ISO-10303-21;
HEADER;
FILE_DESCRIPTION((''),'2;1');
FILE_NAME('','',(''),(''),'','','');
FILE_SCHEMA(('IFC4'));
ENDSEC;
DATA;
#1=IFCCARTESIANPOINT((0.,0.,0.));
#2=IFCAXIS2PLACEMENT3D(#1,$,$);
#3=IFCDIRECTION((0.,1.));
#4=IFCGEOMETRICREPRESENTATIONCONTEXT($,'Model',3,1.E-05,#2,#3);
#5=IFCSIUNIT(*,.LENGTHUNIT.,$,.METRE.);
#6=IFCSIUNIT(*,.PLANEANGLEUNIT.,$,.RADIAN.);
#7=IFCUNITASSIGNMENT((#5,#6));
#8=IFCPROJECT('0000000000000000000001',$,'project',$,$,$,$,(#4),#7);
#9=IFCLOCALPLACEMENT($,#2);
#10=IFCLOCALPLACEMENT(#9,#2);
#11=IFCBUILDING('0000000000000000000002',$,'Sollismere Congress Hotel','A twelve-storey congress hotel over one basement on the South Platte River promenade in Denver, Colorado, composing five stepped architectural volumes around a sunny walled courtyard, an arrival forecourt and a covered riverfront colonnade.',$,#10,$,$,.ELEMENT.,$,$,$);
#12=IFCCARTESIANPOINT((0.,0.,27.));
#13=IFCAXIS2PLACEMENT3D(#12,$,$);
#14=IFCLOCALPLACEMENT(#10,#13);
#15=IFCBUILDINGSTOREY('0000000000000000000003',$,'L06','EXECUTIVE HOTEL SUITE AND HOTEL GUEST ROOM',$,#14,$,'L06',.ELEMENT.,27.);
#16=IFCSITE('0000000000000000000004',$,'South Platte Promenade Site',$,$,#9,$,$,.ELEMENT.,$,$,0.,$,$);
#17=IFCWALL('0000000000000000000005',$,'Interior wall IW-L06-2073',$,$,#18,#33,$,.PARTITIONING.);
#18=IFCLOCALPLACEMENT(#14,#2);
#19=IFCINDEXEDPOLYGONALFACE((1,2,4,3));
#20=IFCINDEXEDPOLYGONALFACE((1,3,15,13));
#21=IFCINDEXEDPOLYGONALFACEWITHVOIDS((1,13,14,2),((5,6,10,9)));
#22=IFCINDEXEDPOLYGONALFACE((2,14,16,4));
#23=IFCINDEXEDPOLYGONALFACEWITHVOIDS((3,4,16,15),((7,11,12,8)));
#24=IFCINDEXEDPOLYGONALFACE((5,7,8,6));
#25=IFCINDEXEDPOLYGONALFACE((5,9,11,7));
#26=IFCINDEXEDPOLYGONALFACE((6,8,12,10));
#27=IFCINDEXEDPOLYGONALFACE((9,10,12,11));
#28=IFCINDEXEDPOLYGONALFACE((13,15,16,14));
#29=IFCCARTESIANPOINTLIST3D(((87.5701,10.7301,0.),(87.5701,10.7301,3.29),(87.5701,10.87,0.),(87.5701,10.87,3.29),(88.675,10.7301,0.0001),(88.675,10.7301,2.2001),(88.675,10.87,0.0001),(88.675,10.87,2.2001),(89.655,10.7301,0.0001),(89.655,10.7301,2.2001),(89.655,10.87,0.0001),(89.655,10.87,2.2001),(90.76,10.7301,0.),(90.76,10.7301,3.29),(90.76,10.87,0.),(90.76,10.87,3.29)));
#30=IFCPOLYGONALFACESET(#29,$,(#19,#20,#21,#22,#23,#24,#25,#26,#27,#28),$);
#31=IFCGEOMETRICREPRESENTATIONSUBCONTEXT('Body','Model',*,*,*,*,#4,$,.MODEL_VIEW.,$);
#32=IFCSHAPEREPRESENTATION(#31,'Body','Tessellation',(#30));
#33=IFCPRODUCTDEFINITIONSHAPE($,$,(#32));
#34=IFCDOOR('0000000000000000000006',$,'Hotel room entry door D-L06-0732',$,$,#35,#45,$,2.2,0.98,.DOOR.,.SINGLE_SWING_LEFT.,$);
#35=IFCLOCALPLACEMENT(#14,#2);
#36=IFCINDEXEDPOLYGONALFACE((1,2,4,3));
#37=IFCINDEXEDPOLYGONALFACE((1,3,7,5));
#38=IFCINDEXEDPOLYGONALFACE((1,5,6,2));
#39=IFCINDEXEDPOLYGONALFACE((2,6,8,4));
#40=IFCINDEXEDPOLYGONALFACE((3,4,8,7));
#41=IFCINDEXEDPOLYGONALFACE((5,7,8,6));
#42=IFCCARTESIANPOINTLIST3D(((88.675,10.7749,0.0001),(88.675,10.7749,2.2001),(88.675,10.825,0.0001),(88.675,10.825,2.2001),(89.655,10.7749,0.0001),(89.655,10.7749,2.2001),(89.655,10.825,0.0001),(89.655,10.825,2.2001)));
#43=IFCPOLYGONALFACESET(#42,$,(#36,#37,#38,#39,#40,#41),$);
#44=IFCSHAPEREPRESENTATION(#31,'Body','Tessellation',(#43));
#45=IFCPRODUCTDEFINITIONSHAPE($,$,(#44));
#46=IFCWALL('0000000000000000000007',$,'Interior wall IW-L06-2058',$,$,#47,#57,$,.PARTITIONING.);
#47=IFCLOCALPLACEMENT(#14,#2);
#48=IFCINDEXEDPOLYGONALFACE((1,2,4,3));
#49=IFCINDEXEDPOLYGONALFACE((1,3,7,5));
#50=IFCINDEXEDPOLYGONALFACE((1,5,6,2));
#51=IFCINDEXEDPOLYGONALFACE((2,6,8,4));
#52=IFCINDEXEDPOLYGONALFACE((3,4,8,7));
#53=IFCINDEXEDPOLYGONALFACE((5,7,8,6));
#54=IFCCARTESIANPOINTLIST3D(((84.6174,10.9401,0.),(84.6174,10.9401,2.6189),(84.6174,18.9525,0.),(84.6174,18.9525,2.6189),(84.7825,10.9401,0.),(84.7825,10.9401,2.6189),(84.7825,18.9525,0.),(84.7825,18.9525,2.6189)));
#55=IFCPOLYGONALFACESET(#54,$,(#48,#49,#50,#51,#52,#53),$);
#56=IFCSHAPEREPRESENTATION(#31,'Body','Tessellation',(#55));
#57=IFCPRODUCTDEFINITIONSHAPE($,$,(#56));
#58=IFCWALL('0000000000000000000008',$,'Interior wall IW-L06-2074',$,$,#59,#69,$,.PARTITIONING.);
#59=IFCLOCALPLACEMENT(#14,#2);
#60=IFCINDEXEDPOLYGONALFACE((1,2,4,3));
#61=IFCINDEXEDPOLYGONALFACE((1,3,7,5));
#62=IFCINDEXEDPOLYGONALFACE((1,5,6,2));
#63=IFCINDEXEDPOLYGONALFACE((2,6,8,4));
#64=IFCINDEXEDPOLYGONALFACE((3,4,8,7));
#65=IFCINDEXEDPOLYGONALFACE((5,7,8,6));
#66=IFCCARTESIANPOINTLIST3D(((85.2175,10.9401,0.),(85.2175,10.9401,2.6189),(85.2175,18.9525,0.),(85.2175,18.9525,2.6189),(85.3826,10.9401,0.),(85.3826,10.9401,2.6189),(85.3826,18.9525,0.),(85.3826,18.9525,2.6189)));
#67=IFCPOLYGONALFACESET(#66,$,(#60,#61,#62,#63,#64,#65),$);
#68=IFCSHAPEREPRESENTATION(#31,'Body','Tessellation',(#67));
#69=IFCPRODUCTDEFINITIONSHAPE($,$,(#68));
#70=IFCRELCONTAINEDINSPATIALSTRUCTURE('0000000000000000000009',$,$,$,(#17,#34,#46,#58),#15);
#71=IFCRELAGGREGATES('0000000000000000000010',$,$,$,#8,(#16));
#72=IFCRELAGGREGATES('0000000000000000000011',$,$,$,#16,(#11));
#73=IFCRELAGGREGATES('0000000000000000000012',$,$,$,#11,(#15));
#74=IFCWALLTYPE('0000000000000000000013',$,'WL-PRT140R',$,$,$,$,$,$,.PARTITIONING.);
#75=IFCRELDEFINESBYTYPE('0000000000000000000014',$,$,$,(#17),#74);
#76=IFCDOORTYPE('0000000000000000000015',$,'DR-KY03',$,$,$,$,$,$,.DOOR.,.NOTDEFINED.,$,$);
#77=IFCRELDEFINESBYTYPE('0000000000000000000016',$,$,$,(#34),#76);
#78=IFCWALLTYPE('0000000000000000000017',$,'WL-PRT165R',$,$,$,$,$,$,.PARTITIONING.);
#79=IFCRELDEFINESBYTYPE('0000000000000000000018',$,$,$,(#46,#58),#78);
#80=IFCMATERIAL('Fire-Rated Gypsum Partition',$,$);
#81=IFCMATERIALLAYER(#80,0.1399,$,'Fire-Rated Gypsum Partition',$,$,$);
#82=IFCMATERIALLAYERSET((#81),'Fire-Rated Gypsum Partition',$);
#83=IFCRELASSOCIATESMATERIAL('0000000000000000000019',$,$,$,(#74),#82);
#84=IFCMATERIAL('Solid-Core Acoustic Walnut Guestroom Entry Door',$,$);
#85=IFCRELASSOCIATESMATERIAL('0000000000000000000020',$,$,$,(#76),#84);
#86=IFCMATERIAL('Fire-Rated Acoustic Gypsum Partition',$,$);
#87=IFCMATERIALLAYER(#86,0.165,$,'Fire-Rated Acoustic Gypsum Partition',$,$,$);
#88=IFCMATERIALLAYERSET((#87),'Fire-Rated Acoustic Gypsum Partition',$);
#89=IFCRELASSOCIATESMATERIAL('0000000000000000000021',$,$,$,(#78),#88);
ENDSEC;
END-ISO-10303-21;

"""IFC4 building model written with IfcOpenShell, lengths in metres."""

from ifc_helpers import new_model, si_unit, direction, frame, frame_2d, origin, place, context, subcontext, project, spatial, rectangle, extrude, material, layer, layer_set, type_object, element, fill, save


model = new_model("IFC4")

# Units and contexts
model_context = context("Model", 3, precision=1e-05, world=origin(), true_north=direction((0.0, 1.0)))
body_context = subcontext(model_context, "Body", "Model", "MODEL_VIEW")
ifc_project = project(units=[si_unit("LENGTHUNIT", "METRE"), si_unit("PLANEANGLEUNIT", "RADIAN")], contexts=[model_context])

# Site, building, storey
site_placement = place(None, origin())
site = spatial("IfcSite", under=ifc_project, at=site_placement, Name="South Platte Promenade Site", CompositionType="ELEMENT", RefElevation=0.0)
building_placement = place(site_placement, origin())
building = spatial("IfcBuilding", under=site, at=building_placement, Name="Sollismere Congress Hotel", Description="A twelve-storey congress hotel over one basement on the South Platte River promenade in Denver, Colorado, composing five stepped architectural volumes around a sunny walled courtyard, an arrival forecourt and a covered riverfront colonnade.", CompositionType="ELEMENT")
storey_placement = place(building_placement, frame((0.0, 0.0, 27.0)))
storey = spatial("IfcBuildingStorey", under=building, at=storey_placement, Name="L06", Description="EXECUTIVE HOTEL SUITE AND HOTEL GUEST ROOM", LongName="L06", CompositionType="ELEMENT", Elevation=27.0)

# Shared definitions
ifc_material_1 = material(Name="Fire-Rated Gypsum Partition")
ifc_layer_1 = layer(ifc_material_1, 0.1399, Name="Fire-Rated Gypsum Partition")
ifc_layer_set_1 = layer_set([ifc_layer_1], Name="Fire-Rated Gypsum Partition")
wall_type_1 = type_object("IfcWallType", Name="WL-PRT140R", PredefinedType="PARTITIONING", material=ifc_layer_set_1)

# Shared definitions
ifc_material_2 = material(Name="Solid-Core Acoustic Walnut Guestroom Entry Door")

# Wall, opening, door
wall_1_placement = place(storey_placement, frame((87.5701, 10.8, 0.0), z_axis=(0.0, 0.0, 1.0), x_axis=(1.0, 0.0, 0.0)))
wall_1 = element("IfcWall", 1, at=wall_1_placement, inside=storey, type_object=wall_type_1, Name="Interior wall IW-L06-2073", PredefinedType="PARTITIONING", context=body_context, shape_type="SweptSolid", body=[
    extrude(rectangle(XDim=3.1899, YDim=0.1399, at=frame_2d((1.595, 0.0))), origin(), (0.0, 0.0, 1.0), 3.29),
])
opening_1_placement = place(wall_1_placement, frame((1.105, 0.0, 0.0)))
opening_1 = element("IfcOpeningElement", 2, at=opening_1_placement, cuts=wall_1, PredefinedType="OPENING", context=body_context, shape_type="SweptSolid", body=[
    extrude(rectangle(XDim=0.98, YDim=2.2, at=frame_2d((0.49, 1.1001))), frame((0.0, 0.0798, 0.0), z_axis=(0.0, -1.0, 0.0), x_axis=(1.0, 0.0, 0.0)), (0.0, 0.0, 1.0), 0.1599),
])
door_type_1 = type_object("IfcDoorType", Name="DR-KY03", OperationType="NOTDEFINED", PredefinedType="DOOR", material=ifc_material_2)
door_1_placement = place(opening_1_placement, origin())
door_1 = element("IfcDoor", 3, at=door_1_placement, inside=storey, type_object=door_type_1, Name="Hotel room entry door D-L06-0732", OperationType="SINGLE_SWING_LEFT", OverallHeight=2.2, OverallWidth=0.98, PredefinedType="DOOR", context=body_context, shape_type="SweptSolid", body=[
    extrude(rectangle(XDim=0.98, YDim=2.2, at=frame_2d((0.49, 1.1001))), frame((0.0, 0.0249, 0.0), z_axis=(0.0, -1.0, 0.0), x_axis=(1.0, 0.0, 0.0)), (0.0, 0.0, 1.0), 0.05),
])
fill(opening_1, door_1)

# Walls
ifc_material_3 = material(Name="Fire-Rated Acoustic Gypsum Partition")
ifc_layer_2 = layer(ifc_material_3, 0.165, Name="Fire-Rated Acoustic Gypsum Partition")
ifc_layer_set_2 = layer_set([ifc_layer_2], Name="Fire-Rated Acoustic Gypsum Partition")
wall_type_2 = type_object("IfcWallType", Name="WL-PRT165R", PredefinedType="PARTITIONING", material=ifc_layer_set_2)
for number, where, z_axis, x_axis, name in (
    (4, (84.7, 10.9399, 0.0), (0.0, 0.0, 1.0), (0.0, 1.0, 0.0), "Interior wall IW-L06-2058"),
    (5, (85.3, 10.9399, 0.0), (0.0, 0.0, 1.0), (0.0, 1.0, 0.0), "Interior wall IW-L06-2074"),
):
    element("IfcWall", number, at=place(storey_placement, frame(where, z_axis=z_axis, x_axis=x_axis)), inside=storey, type_object=wall_type_2, Name=name, PredefinedType="PARTITIONING", context=body_context, shape_type="SweptSolid", body=[
        extrude(rectangle(XDim=8.0125, YDim=0.165, at=frame_2d((4.0063, 0.0))), origin(), (0.0, 0.0, 1.0), 2.6189),
    ])

save(model, "model.ifc")
